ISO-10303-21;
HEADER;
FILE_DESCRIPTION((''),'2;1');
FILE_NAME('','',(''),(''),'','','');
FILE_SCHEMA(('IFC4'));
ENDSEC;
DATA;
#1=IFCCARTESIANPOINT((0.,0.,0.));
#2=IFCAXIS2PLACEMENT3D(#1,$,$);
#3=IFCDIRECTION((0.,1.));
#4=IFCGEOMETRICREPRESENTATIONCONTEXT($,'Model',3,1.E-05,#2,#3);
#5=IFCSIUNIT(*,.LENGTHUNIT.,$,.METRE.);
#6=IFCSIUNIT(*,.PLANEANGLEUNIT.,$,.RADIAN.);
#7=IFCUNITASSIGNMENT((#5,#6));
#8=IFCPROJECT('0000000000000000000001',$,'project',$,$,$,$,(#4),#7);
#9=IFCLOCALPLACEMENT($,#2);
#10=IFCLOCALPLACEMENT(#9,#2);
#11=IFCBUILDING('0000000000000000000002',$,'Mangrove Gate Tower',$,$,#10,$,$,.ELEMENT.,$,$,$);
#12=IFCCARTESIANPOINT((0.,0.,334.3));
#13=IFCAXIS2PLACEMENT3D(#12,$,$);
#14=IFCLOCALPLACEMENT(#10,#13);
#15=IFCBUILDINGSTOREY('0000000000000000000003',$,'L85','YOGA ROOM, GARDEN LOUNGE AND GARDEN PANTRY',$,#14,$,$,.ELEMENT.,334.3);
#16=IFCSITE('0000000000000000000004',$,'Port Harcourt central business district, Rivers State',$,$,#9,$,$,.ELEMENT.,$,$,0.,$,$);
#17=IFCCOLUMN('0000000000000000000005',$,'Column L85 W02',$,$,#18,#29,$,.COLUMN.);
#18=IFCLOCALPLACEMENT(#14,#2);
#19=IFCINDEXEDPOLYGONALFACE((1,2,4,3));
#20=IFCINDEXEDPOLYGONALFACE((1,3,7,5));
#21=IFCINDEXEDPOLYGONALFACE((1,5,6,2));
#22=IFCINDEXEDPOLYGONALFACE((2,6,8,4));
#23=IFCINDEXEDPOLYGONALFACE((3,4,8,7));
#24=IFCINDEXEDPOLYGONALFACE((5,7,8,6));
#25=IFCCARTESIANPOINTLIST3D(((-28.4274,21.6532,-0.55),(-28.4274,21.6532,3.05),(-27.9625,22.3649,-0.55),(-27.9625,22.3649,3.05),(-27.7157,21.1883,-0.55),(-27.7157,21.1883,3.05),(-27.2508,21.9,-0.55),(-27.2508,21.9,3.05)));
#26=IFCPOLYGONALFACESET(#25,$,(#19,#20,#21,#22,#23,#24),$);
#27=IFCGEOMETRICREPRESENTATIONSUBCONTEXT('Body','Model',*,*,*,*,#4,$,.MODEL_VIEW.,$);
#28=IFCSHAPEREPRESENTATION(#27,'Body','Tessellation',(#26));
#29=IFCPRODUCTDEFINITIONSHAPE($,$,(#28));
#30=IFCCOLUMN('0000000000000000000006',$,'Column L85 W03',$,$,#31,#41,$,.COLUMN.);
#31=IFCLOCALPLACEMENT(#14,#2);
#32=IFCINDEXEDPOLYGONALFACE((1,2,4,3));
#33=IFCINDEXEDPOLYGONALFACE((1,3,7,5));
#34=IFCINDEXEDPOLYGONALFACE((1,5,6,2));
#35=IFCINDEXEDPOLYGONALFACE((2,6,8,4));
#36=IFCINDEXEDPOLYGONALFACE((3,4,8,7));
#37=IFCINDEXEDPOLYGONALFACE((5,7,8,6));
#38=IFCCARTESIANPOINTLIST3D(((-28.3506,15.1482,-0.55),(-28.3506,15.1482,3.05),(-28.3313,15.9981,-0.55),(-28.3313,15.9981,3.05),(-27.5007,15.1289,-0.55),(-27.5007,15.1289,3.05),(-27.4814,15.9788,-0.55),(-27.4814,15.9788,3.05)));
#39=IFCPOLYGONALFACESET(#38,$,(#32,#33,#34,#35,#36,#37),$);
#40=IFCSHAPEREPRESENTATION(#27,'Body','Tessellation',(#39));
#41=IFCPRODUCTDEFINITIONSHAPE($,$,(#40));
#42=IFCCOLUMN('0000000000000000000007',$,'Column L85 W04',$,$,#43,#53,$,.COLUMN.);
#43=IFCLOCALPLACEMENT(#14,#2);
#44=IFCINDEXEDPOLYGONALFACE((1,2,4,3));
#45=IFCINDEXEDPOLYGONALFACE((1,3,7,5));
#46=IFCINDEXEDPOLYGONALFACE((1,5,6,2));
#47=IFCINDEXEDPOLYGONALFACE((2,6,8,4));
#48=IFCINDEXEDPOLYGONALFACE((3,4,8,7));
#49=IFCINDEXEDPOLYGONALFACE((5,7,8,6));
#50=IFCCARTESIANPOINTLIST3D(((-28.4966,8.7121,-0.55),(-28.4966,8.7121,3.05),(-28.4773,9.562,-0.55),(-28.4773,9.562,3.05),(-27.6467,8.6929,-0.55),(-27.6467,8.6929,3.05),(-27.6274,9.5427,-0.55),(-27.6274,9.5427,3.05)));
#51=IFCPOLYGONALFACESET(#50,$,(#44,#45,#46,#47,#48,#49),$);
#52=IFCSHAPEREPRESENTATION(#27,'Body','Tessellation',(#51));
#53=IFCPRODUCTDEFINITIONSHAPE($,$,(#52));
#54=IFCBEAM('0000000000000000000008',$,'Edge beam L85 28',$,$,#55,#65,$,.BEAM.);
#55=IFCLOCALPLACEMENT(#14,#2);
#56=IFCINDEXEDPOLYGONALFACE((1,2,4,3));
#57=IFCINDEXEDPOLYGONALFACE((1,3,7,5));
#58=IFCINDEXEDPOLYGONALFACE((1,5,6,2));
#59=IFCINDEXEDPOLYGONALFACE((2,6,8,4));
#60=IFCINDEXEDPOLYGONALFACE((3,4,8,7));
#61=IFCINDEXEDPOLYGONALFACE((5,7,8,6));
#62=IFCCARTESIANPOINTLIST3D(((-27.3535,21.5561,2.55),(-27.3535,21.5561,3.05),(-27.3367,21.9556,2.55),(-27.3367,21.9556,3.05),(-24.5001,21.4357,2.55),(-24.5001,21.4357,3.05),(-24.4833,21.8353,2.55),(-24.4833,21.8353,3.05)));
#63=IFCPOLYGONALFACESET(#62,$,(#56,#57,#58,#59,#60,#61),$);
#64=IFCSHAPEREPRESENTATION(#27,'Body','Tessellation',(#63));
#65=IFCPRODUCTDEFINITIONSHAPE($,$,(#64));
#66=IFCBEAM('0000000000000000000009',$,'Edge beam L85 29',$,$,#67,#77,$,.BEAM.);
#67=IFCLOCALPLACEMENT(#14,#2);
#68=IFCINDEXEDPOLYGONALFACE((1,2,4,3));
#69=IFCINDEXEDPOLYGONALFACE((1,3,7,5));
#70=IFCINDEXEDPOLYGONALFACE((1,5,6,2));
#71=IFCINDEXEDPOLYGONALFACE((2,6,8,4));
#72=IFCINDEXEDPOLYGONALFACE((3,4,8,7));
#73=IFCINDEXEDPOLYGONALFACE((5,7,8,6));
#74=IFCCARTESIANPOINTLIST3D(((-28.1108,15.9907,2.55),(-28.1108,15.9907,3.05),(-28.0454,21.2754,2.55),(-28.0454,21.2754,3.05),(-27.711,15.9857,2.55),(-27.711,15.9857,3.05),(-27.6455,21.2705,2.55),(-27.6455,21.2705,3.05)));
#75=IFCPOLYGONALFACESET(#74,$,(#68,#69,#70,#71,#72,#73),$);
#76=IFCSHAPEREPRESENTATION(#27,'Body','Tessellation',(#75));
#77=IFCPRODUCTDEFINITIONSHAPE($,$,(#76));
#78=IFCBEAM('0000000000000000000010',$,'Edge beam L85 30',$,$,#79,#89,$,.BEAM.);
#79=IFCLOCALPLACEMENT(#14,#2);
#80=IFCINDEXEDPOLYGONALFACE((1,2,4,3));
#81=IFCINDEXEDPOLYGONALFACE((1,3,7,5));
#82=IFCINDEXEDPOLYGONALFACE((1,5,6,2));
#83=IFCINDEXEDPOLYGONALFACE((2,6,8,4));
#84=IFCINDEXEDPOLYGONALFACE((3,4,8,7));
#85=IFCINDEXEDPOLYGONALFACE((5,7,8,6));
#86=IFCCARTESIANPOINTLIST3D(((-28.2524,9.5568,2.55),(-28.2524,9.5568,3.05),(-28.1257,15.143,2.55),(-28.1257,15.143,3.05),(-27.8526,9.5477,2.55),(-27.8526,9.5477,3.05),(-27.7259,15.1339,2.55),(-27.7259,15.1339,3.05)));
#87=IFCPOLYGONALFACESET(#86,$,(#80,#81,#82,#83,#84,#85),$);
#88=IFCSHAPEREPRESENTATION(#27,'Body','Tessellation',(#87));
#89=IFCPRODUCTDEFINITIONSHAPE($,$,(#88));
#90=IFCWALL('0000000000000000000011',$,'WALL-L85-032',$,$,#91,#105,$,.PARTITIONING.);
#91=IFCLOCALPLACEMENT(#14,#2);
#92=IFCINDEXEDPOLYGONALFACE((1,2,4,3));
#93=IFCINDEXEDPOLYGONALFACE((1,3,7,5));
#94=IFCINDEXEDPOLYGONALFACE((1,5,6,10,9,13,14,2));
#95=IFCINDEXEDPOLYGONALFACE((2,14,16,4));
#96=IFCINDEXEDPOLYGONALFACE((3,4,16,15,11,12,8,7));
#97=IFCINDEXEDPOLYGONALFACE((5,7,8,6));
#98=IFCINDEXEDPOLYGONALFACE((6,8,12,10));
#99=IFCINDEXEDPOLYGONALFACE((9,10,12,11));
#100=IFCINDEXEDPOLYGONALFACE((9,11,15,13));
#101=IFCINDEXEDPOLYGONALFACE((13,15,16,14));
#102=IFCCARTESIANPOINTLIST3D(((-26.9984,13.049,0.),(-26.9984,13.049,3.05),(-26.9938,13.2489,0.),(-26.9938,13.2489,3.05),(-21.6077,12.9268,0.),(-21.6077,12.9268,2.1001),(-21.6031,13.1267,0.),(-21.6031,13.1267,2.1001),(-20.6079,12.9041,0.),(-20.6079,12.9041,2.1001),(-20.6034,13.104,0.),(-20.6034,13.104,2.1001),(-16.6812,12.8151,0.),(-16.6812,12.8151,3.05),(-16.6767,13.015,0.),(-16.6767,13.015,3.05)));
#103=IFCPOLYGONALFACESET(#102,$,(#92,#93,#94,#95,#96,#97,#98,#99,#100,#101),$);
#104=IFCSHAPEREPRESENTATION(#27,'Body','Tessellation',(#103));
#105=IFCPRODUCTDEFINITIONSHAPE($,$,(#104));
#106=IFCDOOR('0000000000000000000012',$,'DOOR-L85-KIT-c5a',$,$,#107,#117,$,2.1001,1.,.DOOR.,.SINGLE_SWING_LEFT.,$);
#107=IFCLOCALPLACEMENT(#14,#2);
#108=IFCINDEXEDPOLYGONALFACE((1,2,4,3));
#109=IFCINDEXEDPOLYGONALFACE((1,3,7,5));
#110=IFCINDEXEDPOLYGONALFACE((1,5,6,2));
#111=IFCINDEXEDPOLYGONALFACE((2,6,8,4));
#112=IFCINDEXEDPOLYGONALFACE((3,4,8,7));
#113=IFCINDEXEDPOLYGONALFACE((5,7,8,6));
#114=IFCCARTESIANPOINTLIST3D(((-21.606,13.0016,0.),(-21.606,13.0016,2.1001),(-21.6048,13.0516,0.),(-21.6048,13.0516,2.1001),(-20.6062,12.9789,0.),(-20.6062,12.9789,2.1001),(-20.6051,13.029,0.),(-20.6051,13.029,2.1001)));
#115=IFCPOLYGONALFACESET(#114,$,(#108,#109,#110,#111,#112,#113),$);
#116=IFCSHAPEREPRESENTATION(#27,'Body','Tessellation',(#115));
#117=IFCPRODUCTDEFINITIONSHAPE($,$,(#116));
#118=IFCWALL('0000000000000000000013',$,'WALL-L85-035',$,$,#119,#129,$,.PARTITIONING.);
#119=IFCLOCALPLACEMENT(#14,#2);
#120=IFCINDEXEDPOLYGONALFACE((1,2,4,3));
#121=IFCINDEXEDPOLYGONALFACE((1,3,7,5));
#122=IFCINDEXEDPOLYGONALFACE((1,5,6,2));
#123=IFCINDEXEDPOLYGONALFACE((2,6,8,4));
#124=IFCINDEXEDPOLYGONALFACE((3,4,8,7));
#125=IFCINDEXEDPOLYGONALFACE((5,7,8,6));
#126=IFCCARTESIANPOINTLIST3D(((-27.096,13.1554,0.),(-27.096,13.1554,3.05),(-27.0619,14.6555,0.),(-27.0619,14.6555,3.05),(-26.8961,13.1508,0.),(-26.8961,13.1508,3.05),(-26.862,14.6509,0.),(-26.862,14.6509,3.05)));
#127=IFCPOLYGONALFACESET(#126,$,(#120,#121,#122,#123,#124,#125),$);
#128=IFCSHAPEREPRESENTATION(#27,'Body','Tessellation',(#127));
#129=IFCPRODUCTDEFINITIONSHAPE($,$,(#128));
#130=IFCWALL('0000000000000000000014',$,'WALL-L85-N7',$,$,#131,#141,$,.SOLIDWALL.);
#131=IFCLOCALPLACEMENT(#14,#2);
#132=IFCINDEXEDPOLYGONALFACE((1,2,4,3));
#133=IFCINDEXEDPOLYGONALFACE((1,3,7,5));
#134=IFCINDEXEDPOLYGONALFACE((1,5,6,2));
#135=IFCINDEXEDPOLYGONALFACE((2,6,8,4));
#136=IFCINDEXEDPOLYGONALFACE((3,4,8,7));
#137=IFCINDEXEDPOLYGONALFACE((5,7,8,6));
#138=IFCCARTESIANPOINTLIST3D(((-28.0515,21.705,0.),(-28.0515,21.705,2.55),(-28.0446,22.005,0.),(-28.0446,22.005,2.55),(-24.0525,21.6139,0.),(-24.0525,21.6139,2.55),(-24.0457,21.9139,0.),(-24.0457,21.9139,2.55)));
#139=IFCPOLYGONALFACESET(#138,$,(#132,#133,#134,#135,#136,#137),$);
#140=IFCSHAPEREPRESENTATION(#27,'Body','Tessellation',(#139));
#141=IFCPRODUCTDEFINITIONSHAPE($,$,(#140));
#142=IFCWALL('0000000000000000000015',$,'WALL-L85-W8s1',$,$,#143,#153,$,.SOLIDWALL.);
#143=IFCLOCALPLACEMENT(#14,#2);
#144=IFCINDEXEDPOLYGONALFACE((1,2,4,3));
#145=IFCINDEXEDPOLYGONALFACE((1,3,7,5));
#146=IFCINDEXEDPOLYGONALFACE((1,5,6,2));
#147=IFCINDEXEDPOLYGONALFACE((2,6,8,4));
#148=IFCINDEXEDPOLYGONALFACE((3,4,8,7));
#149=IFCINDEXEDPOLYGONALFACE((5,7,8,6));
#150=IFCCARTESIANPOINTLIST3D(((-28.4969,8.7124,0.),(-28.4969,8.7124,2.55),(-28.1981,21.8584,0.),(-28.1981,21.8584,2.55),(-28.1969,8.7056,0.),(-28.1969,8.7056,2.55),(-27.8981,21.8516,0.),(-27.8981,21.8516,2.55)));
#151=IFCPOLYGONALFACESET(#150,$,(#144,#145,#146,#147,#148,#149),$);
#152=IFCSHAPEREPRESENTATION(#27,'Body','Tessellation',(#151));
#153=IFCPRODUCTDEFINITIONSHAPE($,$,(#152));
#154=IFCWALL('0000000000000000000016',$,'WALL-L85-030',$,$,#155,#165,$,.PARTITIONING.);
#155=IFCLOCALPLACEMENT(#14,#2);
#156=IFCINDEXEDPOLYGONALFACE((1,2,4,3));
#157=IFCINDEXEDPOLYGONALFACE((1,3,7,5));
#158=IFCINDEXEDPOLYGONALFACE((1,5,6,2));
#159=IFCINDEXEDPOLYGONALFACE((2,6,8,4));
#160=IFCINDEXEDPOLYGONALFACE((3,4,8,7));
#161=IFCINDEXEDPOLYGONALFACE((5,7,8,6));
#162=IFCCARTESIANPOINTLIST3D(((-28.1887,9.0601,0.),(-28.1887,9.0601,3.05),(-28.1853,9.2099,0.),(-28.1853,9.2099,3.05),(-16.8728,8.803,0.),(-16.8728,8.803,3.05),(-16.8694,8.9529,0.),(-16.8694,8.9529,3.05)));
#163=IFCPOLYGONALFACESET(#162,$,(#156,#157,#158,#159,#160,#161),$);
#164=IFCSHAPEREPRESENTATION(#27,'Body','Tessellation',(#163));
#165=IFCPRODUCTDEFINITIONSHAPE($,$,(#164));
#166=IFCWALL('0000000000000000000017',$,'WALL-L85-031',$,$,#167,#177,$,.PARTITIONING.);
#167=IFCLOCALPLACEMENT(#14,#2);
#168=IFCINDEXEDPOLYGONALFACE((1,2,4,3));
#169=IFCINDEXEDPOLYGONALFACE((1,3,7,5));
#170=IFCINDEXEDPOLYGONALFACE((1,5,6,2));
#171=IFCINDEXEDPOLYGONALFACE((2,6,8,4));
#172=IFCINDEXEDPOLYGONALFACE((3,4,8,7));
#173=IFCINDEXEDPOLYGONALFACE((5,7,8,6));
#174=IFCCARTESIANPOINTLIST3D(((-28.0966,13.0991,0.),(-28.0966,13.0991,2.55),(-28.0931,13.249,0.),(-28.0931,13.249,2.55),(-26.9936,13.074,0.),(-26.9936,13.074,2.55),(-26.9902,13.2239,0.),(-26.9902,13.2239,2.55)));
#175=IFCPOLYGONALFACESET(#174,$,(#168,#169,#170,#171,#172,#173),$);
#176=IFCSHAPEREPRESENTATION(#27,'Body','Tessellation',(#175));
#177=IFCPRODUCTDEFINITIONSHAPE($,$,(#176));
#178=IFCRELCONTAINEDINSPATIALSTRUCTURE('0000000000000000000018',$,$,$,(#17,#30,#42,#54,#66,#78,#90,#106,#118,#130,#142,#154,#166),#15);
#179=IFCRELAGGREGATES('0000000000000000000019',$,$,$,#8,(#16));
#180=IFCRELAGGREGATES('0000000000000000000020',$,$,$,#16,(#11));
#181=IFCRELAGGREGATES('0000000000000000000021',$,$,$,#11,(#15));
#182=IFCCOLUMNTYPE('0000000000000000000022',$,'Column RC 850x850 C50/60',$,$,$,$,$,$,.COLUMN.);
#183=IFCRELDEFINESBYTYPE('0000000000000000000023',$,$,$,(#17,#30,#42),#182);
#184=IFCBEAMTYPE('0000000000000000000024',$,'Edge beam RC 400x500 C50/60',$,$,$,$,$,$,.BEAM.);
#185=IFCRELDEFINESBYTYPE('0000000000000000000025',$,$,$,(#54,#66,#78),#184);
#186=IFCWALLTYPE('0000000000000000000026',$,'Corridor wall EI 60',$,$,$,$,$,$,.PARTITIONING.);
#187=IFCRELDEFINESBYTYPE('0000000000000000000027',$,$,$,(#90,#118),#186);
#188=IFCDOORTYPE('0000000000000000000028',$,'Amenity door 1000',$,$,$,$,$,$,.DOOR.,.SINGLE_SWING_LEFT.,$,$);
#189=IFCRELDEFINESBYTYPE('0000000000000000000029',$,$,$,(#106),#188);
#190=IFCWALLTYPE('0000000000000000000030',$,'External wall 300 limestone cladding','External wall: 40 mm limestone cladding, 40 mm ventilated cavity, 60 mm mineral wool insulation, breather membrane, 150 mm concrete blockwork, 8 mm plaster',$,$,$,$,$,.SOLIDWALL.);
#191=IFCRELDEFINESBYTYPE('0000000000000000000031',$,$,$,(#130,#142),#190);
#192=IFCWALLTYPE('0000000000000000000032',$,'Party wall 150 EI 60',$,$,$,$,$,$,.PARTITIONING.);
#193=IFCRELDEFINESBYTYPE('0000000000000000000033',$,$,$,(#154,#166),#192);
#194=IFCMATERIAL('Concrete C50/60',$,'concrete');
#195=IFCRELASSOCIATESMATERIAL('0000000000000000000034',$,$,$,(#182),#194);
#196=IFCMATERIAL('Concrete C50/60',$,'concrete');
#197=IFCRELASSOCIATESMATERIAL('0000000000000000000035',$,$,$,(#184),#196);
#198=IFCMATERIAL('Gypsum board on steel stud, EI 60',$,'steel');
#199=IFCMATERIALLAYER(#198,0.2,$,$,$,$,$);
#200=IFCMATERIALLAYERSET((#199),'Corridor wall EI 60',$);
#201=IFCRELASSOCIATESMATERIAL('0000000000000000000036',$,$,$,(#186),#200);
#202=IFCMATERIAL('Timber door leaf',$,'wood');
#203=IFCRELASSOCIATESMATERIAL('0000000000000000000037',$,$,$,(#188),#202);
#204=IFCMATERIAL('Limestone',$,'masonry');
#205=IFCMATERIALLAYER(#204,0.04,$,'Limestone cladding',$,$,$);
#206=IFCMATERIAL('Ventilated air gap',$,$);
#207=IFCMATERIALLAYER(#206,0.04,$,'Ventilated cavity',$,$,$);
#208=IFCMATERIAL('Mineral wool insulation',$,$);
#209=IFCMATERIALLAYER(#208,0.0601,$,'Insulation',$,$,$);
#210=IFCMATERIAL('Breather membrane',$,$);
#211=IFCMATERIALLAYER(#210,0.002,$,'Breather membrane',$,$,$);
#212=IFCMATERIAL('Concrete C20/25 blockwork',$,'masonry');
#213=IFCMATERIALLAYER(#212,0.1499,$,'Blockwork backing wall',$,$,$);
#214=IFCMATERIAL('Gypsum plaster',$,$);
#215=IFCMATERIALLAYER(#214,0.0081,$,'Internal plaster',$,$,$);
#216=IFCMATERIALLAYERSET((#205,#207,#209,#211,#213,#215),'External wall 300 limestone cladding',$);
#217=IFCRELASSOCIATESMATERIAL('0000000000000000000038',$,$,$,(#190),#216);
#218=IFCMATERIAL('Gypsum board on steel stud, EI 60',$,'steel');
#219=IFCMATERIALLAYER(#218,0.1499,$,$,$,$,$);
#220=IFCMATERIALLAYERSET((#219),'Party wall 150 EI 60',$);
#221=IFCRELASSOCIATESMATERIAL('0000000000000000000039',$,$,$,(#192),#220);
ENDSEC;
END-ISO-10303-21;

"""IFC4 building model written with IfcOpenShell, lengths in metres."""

from ifc_helpers import new_model, si_unit, direction, frame, frame_2d, origin, origin_2d, place, context, subcontext, project, spatial, rectangle, extrude, material, layer, layer_set, material_profile, profile_set, type_object, element, fill, save


model = new_model("IFC4")

# Units and contexts
model_context = context("Model", 3, precision=1e-05, world=origin(), true_north=direction((0.0, 1.0)))
body_context = subcontext(model_context, "Body", "Model", "MODEL_VIEW")
ifc_project = project(units=[si_unit("LENGTHUNIT", "METRE"), si_unit("PLANEANGLEUNIT", "RADIAN")], contexts=[model_context])

# Site, building, storey
site_placement = place(None, origin())
site = spatial("IfcSite", under=ifc_project, at=site_placement, Name="Port Harcourt central business district, Rivers State", CompositionType="ELEMENT", RefElevation=0.0)
building_placement = place(site_placement, origin())
building = spatial("IfcBuilding", under=site, at=building_placement, Name="Mangrove Gate Tower", CompositionType="ELEMENT")
storey_placement = place(building_placement, frame((0.0, 0.0, 334.3)))
storey = spatial("IfcBuildingStorey", under=building, at=storey_placement, Name="L85", Description="YOGA ROOM, GARDEN LOUNGE AND GARDEN PANTRY", CompositionType="ELEMENT", Elevation=334.3)

# Columns
ifc_material_1 = material(Name="Concrete C50/60", Category="concrete")
ifc_material_profile_1 = material_profile(ifc_material_1, rectangle(XDim=0.8501, YDim=0.8501, at=origin_2d()))
ifc_profile_set_1 = profile_set([ifc_material_profile_1], Name="Concrete C50/60")
column_type = type_object("IfcColumnType", Name="Column RC 850x850 C50/60", PredefinedType="COLUMN", material=ifc_profile_set_1)
for number, where, z_axis, x_axis, name in (
    (1, (-27.8391, 21.7766, -0.55), (0.0, 0.0, 1.0), (-0.546912, -0.83719, 0.0), "Column L85 W02"),
    (2, (-27.916, 15.5635, -0.55), (0.0, 0.0, 1.0), (-0.022679, -0.999743, 0.0), "Column L85 W03"),
    (3, (-28.062, 9.1274, -0.55), (0.0, 0.0, 1.0), (-0.022687, -0.999743, 0.0), "Column L85 W04"),
):
    element("IfcColumn", number, at=place(storey_placement, frame(where, z_axis=z_axis, x_axis=x_axis)), inside=storey, type_object=column_type, Name=name, PredefinedType="COLUMN", context=body_context, shape_type="SweptSolid", body=[
        extrude(rectangle(XDim=0.8501, YDim=0.8501, at=origin_2d()), origin(), (0.0, 0.0, 1.0), 3.6001),
    ])

# Beams
ifc_material_2 = material(Name="Concrete C50/60", Category="concrete")
ifc_material_profile_2 = material_profile(ifc_material_2, rectangle(XDim=0.3999, YDim=0.5, at=origin_2d()))
ifc_profile_set_2 = profile_set([ifc_material_profile_2], Name="Concrete C50/60")
beam_type = type_object("IfcBeamType", Name="Edge beam RC 400x500 C50/60", PredefinedType="BEAM", material=ifc_profile_set_2)
beam_1_placement = place(storey_placement, frame((-24.4917, 21.6355, 2.8), z_axis=(-0.999112, 0.042143, 0.0), x_axis=(-0.042143, -0.999112, 0.0)))
element("IfcBeam", 4, at=beam_1_placement, inside=storey, type_object=beam_type, Name="Edge beam L85 28", PredefinedType="BEAM", context=body_context, shape_type="SweptSolid", body=[
    extrude(rectangle(XDim=0.3999, YDim=0.5, at=origin_2d()), origin(), (0.0, 0.0, 1.0), 2.856),
])
beam_2_placement = place(storey_placement, frame((-27.8455, 21.2729, 2.8), z_axis=(-0.01238, -0.999923, 0.0), x_axis=(0.999923, -0.01238, 0.0)))
element("IfcBeam", 5, at=beam_2_placement, inside=storey, type_object=beam_type, Name="Edge beam L85 29", PredefinedType="BEAM", context=body_context, shape_type="SweptSolid", body=[
    extrude(rectangle(XDim=0.3999, YDim=0.5, at=origin_2d()), origin(), (0.0, 0.0, 1.0), 5.2852),
])
beam_3_placement = place(storey_placement, frame((-27.9258, 15.1384, 2.8), z_axis=(-0.022677, -0.999743, 0.0), x_axis=(0.999743, -0.022677, 0.0)))
element("IfcBeam", 6, at=beam_3_placement, inside=storey, type_object=beam_type, Name="Edge beam L85 30", PredefinedType="BEAM", context=body_context, shape_type="SweptSolid", body=[
    extrude(rectangle(XDim=0.3999, YDim=0.5, at=origin_2d()), origin(), (0.0, 0.0, 1.0), 5.5876),
])

# Wall, opening, door
ifc_material_3 = material(Name="Gypsum board on steel stud, EI 60", Category="steel")
ifc_layer_1 = layer(ifc_material_3, 0.2)
ifc_layer_set_1 = layer_set([ifc_layer_1], Name="Corridor wall EI 60")
wall_type_1 = type_object("IfcWallType", Name="Corridor wall EI 60", PredefinedType="PARTITIONING", material=ifc_layer_set_1)
wall_1_placement = place(storey_placement, frame((-26.9961, 13.1489, 0.0), z_axis=(0.0, 0.0, 1.0), x_axis=(0.999743, -0.022664, 0.0)))
wall_1 = element("IfcWall", 7, at=wall_1_placement, inside=storey, type_object=wall_type_1, Name="WALL-L85-032", PredefinedType="PARTITIONING", context=body_context, shape_type="SweptSolid", body=[
    extrude(rectangle(XDim=10.3198, YDim=0.2, at=frame_2d((5.1599, 0.0))), origin(), (0.0, 0.0, 1.0), 3.05),
])
opening_1_placement = place(wall_1_placement, frame((5.3921, 0.0, 0.0)))
opening_1 = element("IfcOpeningElement", 8, at=opening_1_placement, cuts=wall_1, PredefinedType="OPENING", context=body_context, shape_type="SweptSolid", body=[
    extrude(rectangle(XDim=1.0, YDim=2.1001, at=frame_2d((0.5, 1.05))), frame((0.0, 0.1099, 0.0), z_axis=(0.0, -1.0, 0.0), x_axis=(1.0, 0.0, 0.0)), (0.0, 0.0, 1.0), 0.22),
])
ifc_material_4 = material(Name="Timber door leaf", Category="wood")
door_type_1 = type_object("IfcDoorType", Name="Amenity door 1000", OperationType="SINGLE_SWING_LEFT", PredefinedType="DOOR", material=ifc_material_4)
door_1_placement = place(opening_1_placement, origin())
door_1 = element("IfcDoor", 9, at=door_1_placement, inside=storey, type_object=door_type_1, Name="DOOR-L85-KIT-c5a", OperationType="SINGLE_SWING_LEFT", OverallHeight=2.1001, OverallWidth=1.0, PredefinedType="DOOR", context=body_context, shape_type="SweptSolid", body=[
    extrude(rectangle(XDim=1.0, YDim=2.1001, at=frame_2d((0.5, 1.05))), frame((0.0, 0.0249, 0.0), z_axis=(0.0, -1.0, 0.0), x_axis=(1.0, 0.0, 0.0)), (0.0, 0.0, 1.0), 0.05),
])
fill(opening_1, door_1)

# Wall
wall_2_placement = place(storey_placement, frame((-26.9961, 13.1531, 0.0), z_axis=(0.0, 0.0, 1.0), x_axis=(0.022781, 0.99974, 0.0)))
element("IfcWall", 10, at=wall_2_placement, inside=storey, type_object=wall_type_1, Name="WALL-L85-035", PredefinedType="PARTITIONING", context=body_context, shape_type="SweptSolid", body=[
    extrude(rectangle(XDim=1.5005, YDim=0.2, at=frame_2d((0.7502, 0.0))), origin(), (0.0, 0.0, 1.0), 3.05),
])

# Walls
ifc_material_5 = material(Name="Limestone", Category="masonry")
ifc_layer_2 = layer(ifc_material_5, 0.04, Name="Limestone cladding")
ifc_material_6 = material(Name="Ventilated air gap")
ifc_layer_3 = layer(ifc_material_6, 0.04, Name="Ventilated cavity")
ifc_material_7 = material(Name="Mineral wool insulation")
ifc_layer_4 = layer(ifc_material_7, 0.0601, Name="Insulation")
ifc_material_8 = material(Name="Breather membrane")
ifc_layer_5 = layer(ifc_material_8, 0.002, Name="Breather membrane")
ifc_material_9 = material(Name="Concrete C20/25 blockwork", Category="masonry")
ifc_layer_6 = layer(ifc_material_9, 0.1499, Name="Blockwork backing wall")
ifc_material_10 = material(Name="Gypsum plaster")
ifc_layer_7 = layer(ifc_material_10, 0.0081, Name="Internal plaster")
ifc_layer_set_2 = layer_set([ifc_layer_2, ifc_layer_3, ifc_layer_4, ifc_layer_5, ifc_layer_6, ifc_layer_7], Name="External wall 300 limestone cladding")
wall_type_2 = type_object("IfcWallType", Name="External wall 300 limestone cladding", Description="External wall: 40 mm limestone cladding, 40 mm ventilated cavity, 60 mm mineral wool insulation, breather membrane, 150 mm concrete blockwork, 8 mm plaster", PredefinedType="SOLIDWALL", material=ifc_layer_set_2)
wall_3_placement = place(storey_placement, frame((-24.0491, 21.7639, 0.0), z_axis=(0.0, 0.0, 1.0), x_axis=(-0.999741, 0.022766, 0.0)))
element("IfcWall", 11, at=wall_3_placement, inside=storey, type_object=wall_type_2, Name="WALL-L85-N7", PredefinedType="SOLIDWALL", context=body_context, shape_type="SweptSolid", body=[
    extrude(rectangle(XDim=4.0, YDim=0.3, at=frame_2d((2.0, 0.0))), origin(), (0.0, 0.0, 1.0), 2.55),
])
wall_4_placement = place(storey_placement, frame((-28.0481, 21.855, 0.0), z_axis=(0.0, 0.0, 1.0), x_axis=(-0.022726, -0.999742, 0.0)))
element("IfcWall", 12, at=wall_4_placement, inside=storey, type_object=wall_type_2, Name="WALL-L85-W8s1", PredefinedType="SOLIDWALL", context=body_context, shape_type="SweptSolid", body=[
    extrude(rectangle(XDim=13.1494, YDim=0.3, at=frame_2d((6.5747, 0.0))), origin(), (0.0, 0.0, 1.0), 2.55),
])
ifc_material_11 = material(Name="Gypsum board on steel stud, EI 60", Category="steel")
ifc_layer_8 = layer(ifc_material_11, 0.1499)
ifc_layer_set_3 = layer_set([ifc_layer_8], Name="Party wall 150 EI 60")
wall_type_3 = type_object("IfcWallType", Name="Party wall 150 EI 60", PredefinedType="PARTITIONING", material=ifc_layer_set_3)
wall_5_placement = place(storey_placement, frame((-28.187, 9.135, 0.0), z_axis=(0.0, 0.0, 1.0), x_axis=(0.999742, -0.022713, 0.0)))
element("IfcWall", 13, at=wall_5_placement, inside=storey, type_object=wall_type_3, Name="WALL-L85-030", PredefinedType="PARTITIONING", context=body_context, shape_type="SweptSolid", body=[
    extrude(rectangle(XDim=11.3188, YDim=0.1499, at=frame_2d((5.6594, 0.0))), origin(), (0.0, 0.0, 1.0), 3.05),
])
wall_6_placement = place(storey_placement, frame((-28.095, 13.1741, 0.0), z_axis=(0.0, 0.0, 1.0), x_axis=(0.99974, -0.022792, 0.0)))
element("IfcWall", 14, at=wall_6_placement, inside=storey, type_object=wall_type_3, Name="WALL-L85-031", PredefinedType="PARTITIONING", context=body_context, shape_type="SweptSolid", body=[
    extrude(rectangle(XDim=1.1033, YDim=0.1499, at=frame_2d((0.5518, 0.0))), origin(), (0.0, 0.0, 1.0), 2.55),
])

save(model, "model.ifc")
